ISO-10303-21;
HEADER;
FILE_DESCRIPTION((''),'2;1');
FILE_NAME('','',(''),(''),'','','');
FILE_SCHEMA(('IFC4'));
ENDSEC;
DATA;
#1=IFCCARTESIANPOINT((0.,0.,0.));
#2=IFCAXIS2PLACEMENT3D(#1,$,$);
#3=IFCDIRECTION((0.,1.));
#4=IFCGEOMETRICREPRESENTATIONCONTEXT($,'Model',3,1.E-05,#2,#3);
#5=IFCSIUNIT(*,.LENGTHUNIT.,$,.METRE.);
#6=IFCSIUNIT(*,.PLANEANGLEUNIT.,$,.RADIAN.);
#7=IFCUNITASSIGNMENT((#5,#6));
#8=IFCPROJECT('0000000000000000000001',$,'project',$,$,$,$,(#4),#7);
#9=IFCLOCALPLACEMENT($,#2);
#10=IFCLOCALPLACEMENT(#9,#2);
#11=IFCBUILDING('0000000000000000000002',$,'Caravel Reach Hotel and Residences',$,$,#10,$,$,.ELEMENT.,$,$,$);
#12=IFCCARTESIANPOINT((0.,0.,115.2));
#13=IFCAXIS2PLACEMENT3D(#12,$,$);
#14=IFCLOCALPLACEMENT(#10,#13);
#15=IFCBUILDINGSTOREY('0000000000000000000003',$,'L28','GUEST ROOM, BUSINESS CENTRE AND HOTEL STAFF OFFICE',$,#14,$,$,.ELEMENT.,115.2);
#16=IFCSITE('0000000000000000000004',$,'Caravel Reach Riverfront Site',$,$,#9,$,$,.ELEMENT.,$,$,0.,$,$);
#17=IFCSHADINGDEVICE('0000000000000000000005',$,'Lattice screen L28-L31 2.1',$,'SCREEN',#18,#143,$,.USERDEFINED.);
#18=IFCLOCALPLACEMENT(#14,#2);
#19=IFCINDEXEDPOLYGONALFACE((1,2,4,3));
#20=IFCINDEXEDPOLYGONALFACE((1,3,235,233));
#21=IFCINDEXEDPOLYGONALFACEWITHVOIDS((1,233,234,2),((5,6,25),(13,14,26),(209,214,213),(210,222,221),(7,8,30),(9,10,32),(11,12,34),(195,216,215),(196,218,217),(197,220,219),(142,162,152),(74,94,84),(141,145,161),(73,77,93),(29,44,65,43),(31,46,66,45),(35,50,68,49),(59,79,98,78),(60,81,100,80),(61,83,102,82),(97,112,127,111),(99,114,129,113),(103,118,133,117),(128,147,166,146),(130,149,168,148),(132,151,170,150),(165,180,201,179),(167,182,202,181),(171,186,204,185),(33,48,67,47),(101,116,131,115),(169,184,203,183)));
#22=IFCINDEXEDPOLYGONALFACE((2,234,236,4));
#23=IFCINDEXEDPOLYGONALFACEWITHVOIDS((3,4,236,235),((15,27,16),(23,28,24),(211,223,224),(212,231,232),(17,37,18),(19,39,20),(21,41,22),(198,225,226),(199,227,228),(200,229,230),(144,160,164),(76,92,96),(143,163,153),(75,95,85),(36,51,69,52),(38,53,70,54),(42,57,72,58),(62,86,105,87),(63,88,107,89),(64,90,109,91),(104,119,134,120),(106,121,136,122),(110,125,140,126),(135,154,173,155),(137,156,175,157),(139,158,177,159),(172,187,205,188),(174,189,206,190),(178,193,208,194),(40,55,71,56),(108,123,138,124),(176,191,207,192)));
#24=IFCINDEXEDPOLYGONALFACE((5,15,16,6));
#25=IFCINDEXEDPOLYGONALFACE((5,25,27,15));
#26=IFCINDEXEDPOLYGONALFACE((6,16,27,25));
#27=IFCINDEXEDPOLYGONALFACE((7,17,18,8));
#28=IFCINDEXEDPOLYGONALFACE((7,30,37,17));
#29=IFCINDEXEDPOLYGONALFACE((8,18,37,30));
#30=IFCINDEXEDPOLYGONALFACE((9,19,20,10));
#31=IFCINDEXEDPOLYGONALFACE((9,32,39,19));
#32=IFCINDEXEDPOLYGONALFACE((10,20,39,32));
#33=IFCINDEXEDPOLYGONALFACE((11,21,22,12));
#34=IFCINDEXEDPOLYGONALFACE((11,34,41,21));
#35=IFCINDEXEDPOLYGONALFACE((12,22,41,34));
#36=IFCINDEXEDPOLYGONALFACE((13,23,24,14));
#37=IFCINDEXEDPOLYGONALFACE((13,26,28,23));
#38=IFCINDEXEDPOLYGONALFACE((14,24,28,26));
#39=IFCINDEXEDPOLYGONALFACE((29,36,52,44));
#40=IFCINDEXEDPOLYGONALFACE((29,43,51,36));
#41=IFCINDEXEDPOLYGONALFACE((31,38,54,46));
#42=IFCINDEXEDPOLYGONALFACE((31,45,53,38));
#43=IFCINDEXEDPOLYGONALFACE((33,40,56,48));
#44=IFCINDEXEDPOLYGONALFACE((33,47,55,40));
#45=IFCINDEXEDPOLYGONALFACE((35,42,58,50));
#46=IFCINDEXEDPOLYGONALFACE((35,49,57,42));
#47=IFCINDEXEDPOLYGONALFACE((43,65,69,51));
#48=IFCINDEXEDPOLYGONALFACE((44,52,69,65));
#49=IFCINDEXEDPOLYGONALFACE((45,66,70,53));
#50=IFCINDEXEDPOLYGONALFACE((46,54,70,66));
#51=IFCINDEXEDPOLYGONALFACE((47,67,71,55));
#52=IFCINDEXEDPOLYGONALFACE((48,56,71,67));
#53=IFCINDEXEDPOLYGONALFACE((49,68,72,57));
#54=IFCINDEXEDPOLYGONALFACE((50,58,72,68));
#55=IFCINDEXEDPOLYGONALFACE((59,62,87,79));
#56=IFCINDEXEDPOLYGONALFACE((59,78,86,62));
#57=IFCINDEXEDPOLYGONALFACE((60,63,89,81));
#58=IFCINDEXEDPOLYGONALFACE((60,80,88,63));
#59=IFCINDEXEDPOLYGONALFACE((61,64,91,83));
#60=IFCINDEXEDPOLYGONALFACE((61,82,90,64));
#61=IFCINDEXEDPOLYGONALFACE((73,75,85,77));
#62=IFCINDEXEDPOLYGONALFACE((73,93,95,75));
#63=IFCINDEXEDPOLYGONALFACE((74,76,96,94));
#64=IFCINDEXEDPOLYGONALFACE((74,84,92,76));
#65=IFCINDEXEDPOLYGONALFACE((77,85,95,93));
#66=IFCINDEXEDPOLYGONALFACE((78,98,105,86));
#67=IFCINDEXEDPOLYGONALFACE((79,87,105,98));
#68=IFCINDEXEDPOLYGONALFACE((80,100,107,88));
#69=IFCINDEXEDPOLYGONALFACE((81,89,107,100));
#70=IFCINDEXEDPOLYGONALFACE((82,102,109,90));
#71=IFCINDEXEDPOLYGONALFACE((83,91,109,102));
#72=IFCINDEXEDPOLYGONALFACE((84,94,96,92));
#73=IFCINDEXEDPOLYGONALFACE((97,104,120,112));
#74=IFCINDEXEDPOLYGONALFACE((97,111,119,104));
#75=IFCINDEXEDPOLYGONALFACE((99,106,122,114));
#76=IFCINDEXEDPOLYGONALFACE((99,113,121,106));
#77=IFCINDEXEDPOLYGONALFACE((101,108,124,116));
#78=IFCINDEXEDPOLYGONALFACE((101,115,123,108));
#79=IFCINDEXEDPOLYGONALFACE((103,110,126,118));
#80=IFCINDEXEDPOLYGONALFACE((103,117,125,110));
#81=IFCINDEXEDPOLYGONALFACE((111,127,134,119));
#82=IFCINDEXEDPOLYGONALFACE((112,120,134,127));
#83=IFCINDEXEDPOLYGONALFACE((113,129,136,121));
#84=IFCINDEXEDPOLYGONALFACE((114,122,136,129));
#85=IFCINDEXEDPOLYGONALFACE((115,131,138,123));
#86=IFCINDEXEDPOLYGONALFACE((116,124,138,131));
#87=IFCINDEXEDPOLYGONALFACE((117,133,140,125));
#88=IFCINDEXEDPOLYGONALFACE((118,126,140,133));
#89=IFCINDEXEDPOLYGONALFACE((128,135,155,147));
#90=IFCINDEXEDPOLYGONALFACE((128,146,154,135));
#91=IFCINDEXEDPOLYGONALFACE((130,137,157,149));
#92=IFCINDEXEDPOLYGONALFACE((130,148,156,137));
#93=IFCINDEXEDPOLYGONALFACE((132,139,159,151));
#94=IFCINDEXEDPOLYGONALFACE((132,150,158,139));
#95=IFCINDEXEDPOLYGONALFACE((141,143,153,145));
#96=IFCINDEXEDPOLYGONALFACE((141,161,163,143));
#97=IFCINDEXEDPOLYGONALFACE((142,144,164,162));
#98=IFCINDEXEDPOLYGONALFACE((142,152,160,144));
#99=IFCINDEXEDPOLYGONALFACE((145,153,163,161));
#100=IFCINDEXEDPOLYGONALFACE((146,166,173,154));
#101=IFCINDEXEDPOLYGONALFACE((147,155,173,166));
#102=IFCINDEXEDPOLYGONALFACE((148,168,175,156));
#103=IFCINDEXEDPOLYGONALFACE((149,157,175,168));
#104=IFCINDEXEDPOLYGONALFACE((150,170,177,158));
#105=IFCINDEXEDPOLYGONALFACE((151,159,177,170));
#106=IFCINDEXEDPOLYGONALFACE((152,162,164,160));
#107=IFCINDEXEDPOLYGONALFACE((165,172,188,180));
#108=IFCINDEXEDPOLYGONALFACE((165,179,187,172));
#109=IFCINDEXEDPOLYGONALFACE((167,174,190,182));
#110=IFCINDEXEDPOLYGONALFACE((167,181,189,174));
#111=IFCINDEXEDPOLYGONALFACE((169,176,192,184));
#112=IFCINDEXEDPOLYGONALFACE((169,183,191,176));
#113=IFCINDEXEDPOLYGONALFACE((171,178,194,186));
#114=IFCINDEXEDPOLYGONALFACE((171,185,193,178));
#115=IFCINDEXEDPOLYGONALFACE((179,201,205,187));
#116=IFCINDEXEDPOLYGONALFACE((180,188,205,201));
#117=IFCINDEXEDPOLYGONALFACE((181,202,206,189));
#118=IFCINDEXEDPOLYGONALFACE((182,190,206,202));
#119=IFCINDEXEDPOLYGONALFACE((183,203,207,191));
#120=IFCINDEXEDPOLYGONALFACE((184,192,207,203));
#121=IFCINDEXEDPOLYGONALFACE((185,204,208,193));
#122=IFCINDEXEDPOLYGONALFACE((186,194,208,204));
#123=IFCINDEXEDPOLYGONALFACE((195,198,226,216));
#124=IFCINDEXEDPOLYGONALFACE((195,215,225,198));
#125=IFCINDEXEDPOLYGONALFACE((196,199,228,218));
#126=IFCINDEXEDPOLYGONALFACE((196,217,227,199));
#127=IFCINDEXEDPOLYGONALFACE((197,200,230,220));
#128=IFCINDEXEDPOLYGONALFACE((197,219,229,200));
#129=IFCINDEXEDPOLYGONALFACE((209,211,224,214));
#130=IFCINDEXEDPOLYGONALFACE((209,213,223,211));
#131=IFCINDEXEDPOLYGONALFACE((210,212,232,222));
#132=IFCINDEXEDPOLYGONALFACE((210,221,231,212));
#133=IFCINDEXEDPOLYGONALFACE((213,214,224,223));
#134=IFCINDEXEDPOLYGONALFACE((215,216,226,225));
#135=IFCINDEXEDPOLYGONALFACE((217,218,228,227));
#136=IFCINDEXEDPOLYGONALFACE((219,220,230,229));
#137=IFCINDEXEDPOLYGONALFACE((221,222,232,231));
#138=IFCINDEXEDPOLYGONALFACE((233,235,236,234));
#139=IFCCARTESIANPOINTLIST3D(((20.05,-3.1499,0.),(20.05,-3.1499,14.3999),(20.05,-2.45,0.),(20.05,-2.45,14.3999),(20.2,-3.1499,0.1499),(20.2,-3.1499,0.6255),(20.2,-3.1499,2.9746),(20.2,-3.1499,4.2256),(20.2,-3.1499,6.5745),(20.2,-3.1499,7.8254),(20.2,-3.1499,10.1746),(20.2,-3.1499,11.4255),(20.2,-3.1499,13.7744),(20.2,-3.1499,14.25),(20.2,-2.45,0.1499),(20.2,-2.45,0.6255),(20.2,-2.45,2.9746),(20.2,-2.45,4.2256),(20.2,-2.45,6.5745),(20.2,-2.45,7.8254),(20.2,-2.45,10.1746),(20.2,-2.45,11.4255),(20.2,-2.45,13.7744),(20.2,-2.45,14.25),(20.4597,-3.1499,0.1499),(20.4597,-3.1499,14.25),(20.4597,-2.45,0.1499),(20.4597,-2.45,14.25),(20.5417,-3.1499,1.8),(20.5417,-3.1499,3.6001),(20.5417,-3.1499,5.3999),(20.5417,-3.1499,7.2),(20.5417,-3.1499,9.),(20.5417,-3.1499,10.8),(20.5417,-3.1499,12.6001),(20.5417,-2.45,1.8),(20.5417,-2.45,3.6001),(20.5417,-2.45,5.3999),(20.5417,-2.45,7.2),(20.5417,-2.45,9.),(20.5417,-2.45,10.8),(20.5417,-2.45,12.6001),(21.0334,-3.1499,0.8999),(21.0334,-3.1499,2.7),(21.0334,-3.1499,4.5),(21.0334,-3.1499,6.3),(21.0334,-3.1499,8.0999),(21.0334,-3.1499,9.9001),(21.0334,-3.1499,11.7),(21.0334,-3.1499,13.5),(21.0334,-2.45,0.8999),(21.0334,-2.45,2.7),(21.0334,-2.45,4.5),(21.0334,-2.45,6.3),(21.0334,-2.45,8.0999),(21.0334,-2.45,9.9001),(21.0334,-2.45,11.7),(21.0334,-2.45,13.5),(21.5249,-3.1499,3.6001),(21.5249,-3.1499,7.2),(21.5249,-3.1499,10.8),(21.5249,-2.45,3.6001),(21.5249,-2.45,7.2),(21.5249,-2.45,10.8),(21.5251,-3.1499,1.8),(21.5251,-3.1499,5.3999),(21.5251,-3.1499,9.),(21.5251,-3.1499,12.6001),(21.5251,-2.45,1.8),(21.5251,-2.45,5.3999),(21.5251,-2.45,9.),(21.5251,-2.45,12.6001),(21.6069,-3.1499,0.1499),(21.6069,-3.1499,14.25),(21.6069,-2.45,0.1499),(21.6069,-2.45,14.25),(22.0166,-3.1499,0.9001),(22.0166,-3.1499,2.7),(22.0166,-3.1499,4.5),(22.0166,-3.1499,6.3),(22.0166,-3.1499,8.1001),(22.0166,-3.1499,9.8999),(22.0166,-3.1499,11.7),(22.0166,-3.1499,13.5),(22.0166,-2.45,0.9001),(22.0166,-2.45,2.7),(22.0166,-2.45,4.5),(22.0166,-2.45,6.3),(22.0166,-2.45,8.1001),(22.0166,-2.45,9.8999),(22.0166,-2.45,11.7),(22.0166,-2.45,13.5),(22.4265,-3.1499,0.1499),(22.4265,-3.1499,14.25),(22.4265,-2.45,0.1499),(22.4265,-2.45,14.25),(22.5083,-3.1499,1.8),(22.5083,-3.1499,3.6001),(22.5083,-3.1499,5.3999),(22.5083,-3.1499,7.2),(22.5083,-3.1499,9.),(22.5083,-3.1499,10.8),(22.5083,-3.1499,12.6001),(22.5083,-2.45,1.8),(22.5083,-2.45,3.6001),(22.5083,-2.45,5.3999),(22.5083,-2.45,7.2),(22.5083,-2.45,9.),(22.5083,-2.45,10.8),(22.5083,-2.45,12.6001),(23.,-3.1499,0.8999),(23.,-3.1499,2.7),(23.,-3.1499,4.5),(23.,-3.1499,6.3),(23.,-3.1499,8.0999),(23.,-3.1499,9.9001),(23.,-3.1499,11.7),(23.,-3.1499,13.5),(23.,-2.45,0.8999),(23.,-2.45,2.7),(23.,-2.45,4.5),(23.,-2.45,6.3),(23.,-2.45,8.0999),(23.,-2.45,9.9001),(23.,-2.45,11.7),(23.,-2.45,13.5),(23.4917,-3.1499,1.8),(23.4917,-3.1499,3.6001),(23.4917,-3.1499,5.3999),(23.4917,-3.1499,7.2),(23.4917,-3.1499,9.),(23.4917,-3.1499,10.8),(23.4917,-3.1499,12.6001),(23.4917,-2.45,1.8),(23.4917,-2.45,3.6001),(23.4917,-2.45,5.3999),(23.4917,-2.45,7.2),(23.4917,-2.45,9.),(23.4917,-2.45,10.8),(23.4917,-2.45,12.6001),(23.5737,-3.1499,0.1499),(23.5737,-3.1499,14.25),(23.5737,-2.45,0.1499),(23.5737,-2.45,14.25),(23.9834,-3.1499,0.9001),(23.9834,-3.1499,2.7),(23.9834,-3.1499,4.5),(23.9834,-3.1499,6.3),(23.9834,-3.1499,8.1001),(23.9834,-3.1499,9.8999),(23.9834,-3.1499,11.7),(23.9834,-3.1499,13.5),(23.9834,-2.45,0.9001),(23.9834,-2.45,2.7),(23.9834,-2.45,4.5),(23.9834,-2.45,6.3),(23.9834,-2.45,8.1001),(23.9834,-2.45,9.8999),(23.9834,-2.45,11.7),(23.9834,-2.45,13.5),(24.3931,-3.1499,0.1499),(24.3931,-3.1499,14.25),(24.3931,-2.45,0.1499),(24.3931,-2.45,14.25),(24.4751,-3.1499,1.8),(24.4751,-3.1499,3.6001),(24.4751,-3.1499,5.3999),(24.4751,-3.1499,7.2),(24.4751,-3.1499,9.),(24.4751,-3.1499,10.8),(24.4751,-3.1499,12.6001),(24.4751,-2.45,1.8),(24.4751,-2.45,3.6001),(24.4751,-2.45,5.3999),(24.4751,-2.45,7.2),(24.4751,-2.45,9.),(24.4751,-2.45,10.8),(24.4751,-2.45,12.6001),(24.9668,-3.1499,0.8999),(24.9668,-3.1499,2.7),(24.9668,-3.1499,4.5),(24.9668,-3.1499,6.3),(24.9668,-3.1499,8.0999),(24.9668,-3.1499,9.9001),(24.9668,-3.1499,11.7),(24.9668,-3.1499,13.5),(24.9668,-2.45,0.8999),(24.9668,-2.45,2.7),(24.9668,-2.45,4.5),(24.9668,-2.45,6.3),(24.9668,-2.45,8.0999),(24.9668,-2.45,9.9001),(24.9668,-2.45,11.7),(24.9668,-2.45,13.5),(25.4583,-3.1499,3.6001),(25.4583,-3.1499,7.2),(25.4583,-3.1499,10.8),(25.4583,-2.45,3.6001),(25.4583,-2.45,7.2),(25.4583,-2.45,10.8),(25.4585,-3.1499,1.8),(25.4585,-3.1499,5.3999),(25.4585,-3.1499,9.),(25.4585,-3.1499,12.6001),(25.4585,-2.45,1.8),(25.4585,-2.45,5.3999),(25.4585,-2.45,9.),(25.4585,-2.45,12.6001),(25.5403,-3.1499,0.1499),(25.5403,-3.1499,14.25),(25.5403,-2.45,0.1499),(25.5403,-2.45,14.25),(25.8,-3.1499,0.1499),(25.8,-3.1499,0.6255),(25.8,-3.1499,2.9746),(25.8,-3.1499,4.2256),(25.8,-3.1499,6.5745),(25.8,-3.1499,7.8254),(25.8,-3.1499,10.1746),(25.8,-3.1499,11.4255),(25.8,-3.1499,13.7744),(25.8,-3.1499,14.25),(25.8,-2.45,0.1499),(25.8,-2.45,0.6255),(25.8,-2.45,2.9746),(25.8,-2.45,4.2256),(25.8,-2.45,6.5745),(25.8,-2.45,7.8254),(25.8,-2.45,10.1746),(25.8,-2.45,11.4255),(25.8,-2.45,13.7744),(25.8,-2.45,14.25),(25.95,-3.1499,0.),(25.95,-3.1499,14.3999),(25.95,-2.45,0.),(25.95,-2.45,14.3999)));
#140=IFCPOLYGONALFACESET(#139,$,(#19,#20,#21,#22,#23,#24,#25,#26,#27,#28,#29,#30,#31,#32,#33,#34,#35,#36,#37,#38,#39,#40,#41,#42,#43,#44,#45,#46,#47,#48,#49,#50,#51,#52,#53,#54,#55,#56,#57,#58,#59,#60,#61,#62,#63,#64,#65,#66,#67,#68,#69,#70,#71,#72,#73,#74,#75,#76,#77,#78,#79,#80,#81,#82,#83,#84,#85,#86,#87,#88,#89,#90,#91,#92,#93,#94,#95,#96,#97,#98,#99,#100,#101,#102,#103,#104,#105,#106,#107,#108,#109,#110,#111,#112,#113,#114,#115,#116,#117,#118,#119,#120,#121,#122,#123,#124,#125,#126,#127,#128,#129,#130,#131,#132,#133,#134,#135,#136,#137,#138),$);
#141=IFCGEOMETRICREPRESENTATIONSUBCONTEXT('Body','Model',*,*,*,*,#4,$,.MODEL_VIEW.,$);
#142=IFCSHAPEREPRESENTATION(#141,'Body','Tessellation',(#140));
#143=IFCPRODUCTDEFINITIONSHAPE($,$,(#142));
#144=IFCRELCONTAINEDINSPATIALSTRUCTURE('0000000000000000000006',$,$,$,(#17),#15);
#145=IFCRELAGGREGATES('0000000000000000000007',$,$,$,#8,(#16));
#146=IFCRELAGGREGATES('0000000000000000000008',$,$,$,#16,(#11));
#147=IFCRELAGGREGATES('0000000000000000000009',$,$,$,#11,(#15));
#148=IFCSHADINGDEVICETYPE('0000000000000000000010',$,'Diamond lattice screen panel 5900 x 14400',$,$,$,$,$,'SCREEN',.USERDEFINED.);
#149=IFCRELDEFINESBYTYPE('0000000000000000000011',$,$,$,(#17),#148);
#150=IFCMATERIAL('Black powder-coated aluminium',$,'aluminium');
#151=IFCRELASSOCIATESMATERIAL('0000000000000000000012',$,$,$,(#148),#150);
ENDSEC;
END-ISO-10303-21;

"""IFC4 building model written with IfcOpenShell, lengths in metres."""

from ifc_helpers import new_model, si_unit, direction, frame, origin, place, context, subcontext, project, spatial, polyline, outline, extrude, material, type_object, element, save


model = new_model("IFC4")

# Units and contexts
model_context = context("Model", 3, precision=1e-05, world=origin(), true_north=direction((0.0, 1.0)))
body_context = subcontext(model_context, "Body", "Model", "MODEL_VIEW")
ifc_project = project(units=[si_unit("LENGTHUNIT", "METRE"), si_unit("PLANEANGLEUNIT", "RADIAN")], contexts=[model_context])

# Site, building, storey
site_placement = place(None, origin())
site = spatial("IfcSite", under=ifc_project, at=site_placement, Name="Caravel Reach Riverfront Site", CompositionType="ELEMENT", RefElevation=0.0)
building_placement = place(site_placement, origin())
building = spatial("IfcBuilding", under=site, at=building_placement, Name="Caravel Reach Hotel and Residences", CompositionType="ELEMENT")
storey_placement = place(building_placement, frame((0.0, 0.0, 115.2)))
storey = spatial("IfcBuildingStorey", under=building, at=storey_placement, Name="L28", Description="GUEST ROOM, BUSINESS CENTRE AND HOTEL STAFF OFFICE", CompositionType="ELEMENT", Elevation=115.2)

# Shading device
ifc_material_1 = material(Name="Black powder-coated aluminium", Category="aluminium")
shading_device_type_1 = type_object("IfcShadingDeviceType", Name="Diamond lattice screen panel 5900 x 14400", ElementType="SCREEN", PredefinedType="USERDEFINED", material=ifc_material_1)
shading_device_1_placement = place(storey_placement, frame((20.05, -2.45, 0.0), z_axis=(0.0, -1.0, 0.0), x_axis=(1.0, 0.0, 0.0)))
element("IfcShadingDevice", 1, at=shading_device_1_placement, inside=storey, type_object=shading_device_type_1, Name="Lattice screen L28-L31 2.1", ObjectType="SCREEN", PredefinedType="USERDEFINED", context=body_context, shape_type="SweptSolid", body=[
    extrude(outline(polyline([(0.0, 0.0), (5.8999, 0.0), (5.8999, 14.3999), (0.0, 14.3999), (0.0, 0.0)]), holes=[polyline([(0.4097, 0.1499), (0.1499, 0.6255), (0.1499, 0.1499), (0.4097, 0.1499)]), polyline([(0.4917, 3.6001), (0.1499, 4.2256), (0.1499, 2.9746), (0.4917, 3.6001)]), polyline([(0.4917, 7.2), (0.1499, 7.8254), (0.1499, 6.5745), (0.4917, 7.2)]), polyline([(0.4917, 10.8), (0.1499, 11.4255), (0.1499, 10.1746), (0.4917, 10.8)]), polyline([(0.1499, 13.7744), (0.4097, 14.25), (0.1499, 14.25), (0.1499, 13.7744)]), polyline([(0.9834, 2.7), (0.4917, 1.8), (0.9834, 0.8999), (1.4751, 1.8), (0.9834, 2.7)]), polyline([(0.9834, 6.3), (0.4917, 5.3999), (0.9834, 4.5), (1.4751, 5.3999), (0.9834, 6.3)]), polyline([(0.9834, 9.9001), (0.4917, 9.0), (0.9834, 8.0999), (1.4751, 9.0), (0.9834, 9.9001)]), polyline([(0.9834, 13.5), (0.4917, 12.6001), (0.9834, 11.7), (1.4751, 12.6001), (0.9834, 13.5)]), polyline([(1.9666, 0.9001), (1.5569, 0.1499), (2.3765, 0.1499), (1.9666, 0.9001)]), polyline([(1.9666, 4.5), (1.4749, 3.6001), (1.9666, 2.7), (2.4583, 3.6001), (1.9666, 4.5)]), polyline([(1.9666, 8.1001), (1.4749, 7.2), (1.9666, 6.3), (2.4583, 7.2), (1.9666, 8.1001)]), polyline([(1.9666, 11.7), (1.4749, 10.8), (1.9666, 9.8999), (2.4583, 10.8), (1.9666, 11.7)]), polyline([(1.9666, 13.5), (2.3765, 14.25), (1.5569, 14.25), (1.9666, 13.5)]), polyline([(2.95, 2.7), (2.4583, 1.8), (2.95, 0.8999), (3.4417, 1.8), (2.95, 2.7)]), polyline([(2.95, 6.3), (2.4583, 5.3999), (2.95, 4.5), (3.4417, 5.3999), (2.95, 6.3)]), polyline([(2.95, 9.9001), (2.4583, 9.0), (2.95, 8.0999), (3.4417, 9.0), (2.95, 9.9001)]), polyline([(2.95, 13.5), (2.4583, 12.6001), (2.95, 11.7), (3.4417, 12.6001), (2.95, 13.5)]), polyline([(3.9333, 0.9001), (3.5237, 0.1499), (4.343, 0.1499), (3.9333, 0.9001)]), polyline([(3.9333, 4.5), (3.4417, 3.6001), (3.9333, 2.7), (4.425, 3.6001), (3.9333, 4.5)]), polyline([(3.9333, 8.1001), (3.4417, 7.2), (3.9333, 6.3), (4.425, 7.2), (3.9333, 8.1001)]), polyline([(3.9333, 11.7), (3.4417, 10.8), (3.9333, 9.8999), (4.425, 10.8), (3.9333, 11.7)]), polyline([(3.9333, 13.5), (4.343, 14.25), (3.5237, 14.25), (3.9333, 13.5)]), polyline([(4.9167, 2.7), (4.425, 1.8), (4.9167, 0.8999), (5.4084, 1.8), (4.9167, 2.7)]), polyline([(4.9167, 6.3), (4.425, 5.3999), (4.9167, 4.5), (5.4084, 5.3999), (4.9167, 6.3)]), polyline([(4.9167, 9.9001), (4.425, 9.0), (4.9167, 8.0999), (5.4084, 9.0), (4.9167, 9.9001)]), polyline([(4.9167, 13.5), (4.425, 12.6001), (4.9167, 11.7), (5.4084, 12.6001), (4.9167, 13.5)]), polyline([(5.75, 0.6255), (5.4902, 0.1499), (5.75, 0.1499), (5.75, 0.6255)]), polyline([(5.4082, 3.6001), (5.75, 2.9746), (5.75, 4.2256), (5.4082, 3.6001)]), polyline([(5.4082, 7.2), (5.75, 6.5745), (5.75, 7.8254), (5.4082, 7.2)]), polyline([(5.4082, 10.8), (5.75, 10.1746), (5.75, 11.4255), (5.4082, 10.8)]), polyline([(5.4902, 14.25), (5.75, 13.7744), (5.75, 14.25), (5.4902, 14.25)])]), origin(), (0.0, 0.0, 1.0), 0.7),
])

save(model, "model.ifc")
